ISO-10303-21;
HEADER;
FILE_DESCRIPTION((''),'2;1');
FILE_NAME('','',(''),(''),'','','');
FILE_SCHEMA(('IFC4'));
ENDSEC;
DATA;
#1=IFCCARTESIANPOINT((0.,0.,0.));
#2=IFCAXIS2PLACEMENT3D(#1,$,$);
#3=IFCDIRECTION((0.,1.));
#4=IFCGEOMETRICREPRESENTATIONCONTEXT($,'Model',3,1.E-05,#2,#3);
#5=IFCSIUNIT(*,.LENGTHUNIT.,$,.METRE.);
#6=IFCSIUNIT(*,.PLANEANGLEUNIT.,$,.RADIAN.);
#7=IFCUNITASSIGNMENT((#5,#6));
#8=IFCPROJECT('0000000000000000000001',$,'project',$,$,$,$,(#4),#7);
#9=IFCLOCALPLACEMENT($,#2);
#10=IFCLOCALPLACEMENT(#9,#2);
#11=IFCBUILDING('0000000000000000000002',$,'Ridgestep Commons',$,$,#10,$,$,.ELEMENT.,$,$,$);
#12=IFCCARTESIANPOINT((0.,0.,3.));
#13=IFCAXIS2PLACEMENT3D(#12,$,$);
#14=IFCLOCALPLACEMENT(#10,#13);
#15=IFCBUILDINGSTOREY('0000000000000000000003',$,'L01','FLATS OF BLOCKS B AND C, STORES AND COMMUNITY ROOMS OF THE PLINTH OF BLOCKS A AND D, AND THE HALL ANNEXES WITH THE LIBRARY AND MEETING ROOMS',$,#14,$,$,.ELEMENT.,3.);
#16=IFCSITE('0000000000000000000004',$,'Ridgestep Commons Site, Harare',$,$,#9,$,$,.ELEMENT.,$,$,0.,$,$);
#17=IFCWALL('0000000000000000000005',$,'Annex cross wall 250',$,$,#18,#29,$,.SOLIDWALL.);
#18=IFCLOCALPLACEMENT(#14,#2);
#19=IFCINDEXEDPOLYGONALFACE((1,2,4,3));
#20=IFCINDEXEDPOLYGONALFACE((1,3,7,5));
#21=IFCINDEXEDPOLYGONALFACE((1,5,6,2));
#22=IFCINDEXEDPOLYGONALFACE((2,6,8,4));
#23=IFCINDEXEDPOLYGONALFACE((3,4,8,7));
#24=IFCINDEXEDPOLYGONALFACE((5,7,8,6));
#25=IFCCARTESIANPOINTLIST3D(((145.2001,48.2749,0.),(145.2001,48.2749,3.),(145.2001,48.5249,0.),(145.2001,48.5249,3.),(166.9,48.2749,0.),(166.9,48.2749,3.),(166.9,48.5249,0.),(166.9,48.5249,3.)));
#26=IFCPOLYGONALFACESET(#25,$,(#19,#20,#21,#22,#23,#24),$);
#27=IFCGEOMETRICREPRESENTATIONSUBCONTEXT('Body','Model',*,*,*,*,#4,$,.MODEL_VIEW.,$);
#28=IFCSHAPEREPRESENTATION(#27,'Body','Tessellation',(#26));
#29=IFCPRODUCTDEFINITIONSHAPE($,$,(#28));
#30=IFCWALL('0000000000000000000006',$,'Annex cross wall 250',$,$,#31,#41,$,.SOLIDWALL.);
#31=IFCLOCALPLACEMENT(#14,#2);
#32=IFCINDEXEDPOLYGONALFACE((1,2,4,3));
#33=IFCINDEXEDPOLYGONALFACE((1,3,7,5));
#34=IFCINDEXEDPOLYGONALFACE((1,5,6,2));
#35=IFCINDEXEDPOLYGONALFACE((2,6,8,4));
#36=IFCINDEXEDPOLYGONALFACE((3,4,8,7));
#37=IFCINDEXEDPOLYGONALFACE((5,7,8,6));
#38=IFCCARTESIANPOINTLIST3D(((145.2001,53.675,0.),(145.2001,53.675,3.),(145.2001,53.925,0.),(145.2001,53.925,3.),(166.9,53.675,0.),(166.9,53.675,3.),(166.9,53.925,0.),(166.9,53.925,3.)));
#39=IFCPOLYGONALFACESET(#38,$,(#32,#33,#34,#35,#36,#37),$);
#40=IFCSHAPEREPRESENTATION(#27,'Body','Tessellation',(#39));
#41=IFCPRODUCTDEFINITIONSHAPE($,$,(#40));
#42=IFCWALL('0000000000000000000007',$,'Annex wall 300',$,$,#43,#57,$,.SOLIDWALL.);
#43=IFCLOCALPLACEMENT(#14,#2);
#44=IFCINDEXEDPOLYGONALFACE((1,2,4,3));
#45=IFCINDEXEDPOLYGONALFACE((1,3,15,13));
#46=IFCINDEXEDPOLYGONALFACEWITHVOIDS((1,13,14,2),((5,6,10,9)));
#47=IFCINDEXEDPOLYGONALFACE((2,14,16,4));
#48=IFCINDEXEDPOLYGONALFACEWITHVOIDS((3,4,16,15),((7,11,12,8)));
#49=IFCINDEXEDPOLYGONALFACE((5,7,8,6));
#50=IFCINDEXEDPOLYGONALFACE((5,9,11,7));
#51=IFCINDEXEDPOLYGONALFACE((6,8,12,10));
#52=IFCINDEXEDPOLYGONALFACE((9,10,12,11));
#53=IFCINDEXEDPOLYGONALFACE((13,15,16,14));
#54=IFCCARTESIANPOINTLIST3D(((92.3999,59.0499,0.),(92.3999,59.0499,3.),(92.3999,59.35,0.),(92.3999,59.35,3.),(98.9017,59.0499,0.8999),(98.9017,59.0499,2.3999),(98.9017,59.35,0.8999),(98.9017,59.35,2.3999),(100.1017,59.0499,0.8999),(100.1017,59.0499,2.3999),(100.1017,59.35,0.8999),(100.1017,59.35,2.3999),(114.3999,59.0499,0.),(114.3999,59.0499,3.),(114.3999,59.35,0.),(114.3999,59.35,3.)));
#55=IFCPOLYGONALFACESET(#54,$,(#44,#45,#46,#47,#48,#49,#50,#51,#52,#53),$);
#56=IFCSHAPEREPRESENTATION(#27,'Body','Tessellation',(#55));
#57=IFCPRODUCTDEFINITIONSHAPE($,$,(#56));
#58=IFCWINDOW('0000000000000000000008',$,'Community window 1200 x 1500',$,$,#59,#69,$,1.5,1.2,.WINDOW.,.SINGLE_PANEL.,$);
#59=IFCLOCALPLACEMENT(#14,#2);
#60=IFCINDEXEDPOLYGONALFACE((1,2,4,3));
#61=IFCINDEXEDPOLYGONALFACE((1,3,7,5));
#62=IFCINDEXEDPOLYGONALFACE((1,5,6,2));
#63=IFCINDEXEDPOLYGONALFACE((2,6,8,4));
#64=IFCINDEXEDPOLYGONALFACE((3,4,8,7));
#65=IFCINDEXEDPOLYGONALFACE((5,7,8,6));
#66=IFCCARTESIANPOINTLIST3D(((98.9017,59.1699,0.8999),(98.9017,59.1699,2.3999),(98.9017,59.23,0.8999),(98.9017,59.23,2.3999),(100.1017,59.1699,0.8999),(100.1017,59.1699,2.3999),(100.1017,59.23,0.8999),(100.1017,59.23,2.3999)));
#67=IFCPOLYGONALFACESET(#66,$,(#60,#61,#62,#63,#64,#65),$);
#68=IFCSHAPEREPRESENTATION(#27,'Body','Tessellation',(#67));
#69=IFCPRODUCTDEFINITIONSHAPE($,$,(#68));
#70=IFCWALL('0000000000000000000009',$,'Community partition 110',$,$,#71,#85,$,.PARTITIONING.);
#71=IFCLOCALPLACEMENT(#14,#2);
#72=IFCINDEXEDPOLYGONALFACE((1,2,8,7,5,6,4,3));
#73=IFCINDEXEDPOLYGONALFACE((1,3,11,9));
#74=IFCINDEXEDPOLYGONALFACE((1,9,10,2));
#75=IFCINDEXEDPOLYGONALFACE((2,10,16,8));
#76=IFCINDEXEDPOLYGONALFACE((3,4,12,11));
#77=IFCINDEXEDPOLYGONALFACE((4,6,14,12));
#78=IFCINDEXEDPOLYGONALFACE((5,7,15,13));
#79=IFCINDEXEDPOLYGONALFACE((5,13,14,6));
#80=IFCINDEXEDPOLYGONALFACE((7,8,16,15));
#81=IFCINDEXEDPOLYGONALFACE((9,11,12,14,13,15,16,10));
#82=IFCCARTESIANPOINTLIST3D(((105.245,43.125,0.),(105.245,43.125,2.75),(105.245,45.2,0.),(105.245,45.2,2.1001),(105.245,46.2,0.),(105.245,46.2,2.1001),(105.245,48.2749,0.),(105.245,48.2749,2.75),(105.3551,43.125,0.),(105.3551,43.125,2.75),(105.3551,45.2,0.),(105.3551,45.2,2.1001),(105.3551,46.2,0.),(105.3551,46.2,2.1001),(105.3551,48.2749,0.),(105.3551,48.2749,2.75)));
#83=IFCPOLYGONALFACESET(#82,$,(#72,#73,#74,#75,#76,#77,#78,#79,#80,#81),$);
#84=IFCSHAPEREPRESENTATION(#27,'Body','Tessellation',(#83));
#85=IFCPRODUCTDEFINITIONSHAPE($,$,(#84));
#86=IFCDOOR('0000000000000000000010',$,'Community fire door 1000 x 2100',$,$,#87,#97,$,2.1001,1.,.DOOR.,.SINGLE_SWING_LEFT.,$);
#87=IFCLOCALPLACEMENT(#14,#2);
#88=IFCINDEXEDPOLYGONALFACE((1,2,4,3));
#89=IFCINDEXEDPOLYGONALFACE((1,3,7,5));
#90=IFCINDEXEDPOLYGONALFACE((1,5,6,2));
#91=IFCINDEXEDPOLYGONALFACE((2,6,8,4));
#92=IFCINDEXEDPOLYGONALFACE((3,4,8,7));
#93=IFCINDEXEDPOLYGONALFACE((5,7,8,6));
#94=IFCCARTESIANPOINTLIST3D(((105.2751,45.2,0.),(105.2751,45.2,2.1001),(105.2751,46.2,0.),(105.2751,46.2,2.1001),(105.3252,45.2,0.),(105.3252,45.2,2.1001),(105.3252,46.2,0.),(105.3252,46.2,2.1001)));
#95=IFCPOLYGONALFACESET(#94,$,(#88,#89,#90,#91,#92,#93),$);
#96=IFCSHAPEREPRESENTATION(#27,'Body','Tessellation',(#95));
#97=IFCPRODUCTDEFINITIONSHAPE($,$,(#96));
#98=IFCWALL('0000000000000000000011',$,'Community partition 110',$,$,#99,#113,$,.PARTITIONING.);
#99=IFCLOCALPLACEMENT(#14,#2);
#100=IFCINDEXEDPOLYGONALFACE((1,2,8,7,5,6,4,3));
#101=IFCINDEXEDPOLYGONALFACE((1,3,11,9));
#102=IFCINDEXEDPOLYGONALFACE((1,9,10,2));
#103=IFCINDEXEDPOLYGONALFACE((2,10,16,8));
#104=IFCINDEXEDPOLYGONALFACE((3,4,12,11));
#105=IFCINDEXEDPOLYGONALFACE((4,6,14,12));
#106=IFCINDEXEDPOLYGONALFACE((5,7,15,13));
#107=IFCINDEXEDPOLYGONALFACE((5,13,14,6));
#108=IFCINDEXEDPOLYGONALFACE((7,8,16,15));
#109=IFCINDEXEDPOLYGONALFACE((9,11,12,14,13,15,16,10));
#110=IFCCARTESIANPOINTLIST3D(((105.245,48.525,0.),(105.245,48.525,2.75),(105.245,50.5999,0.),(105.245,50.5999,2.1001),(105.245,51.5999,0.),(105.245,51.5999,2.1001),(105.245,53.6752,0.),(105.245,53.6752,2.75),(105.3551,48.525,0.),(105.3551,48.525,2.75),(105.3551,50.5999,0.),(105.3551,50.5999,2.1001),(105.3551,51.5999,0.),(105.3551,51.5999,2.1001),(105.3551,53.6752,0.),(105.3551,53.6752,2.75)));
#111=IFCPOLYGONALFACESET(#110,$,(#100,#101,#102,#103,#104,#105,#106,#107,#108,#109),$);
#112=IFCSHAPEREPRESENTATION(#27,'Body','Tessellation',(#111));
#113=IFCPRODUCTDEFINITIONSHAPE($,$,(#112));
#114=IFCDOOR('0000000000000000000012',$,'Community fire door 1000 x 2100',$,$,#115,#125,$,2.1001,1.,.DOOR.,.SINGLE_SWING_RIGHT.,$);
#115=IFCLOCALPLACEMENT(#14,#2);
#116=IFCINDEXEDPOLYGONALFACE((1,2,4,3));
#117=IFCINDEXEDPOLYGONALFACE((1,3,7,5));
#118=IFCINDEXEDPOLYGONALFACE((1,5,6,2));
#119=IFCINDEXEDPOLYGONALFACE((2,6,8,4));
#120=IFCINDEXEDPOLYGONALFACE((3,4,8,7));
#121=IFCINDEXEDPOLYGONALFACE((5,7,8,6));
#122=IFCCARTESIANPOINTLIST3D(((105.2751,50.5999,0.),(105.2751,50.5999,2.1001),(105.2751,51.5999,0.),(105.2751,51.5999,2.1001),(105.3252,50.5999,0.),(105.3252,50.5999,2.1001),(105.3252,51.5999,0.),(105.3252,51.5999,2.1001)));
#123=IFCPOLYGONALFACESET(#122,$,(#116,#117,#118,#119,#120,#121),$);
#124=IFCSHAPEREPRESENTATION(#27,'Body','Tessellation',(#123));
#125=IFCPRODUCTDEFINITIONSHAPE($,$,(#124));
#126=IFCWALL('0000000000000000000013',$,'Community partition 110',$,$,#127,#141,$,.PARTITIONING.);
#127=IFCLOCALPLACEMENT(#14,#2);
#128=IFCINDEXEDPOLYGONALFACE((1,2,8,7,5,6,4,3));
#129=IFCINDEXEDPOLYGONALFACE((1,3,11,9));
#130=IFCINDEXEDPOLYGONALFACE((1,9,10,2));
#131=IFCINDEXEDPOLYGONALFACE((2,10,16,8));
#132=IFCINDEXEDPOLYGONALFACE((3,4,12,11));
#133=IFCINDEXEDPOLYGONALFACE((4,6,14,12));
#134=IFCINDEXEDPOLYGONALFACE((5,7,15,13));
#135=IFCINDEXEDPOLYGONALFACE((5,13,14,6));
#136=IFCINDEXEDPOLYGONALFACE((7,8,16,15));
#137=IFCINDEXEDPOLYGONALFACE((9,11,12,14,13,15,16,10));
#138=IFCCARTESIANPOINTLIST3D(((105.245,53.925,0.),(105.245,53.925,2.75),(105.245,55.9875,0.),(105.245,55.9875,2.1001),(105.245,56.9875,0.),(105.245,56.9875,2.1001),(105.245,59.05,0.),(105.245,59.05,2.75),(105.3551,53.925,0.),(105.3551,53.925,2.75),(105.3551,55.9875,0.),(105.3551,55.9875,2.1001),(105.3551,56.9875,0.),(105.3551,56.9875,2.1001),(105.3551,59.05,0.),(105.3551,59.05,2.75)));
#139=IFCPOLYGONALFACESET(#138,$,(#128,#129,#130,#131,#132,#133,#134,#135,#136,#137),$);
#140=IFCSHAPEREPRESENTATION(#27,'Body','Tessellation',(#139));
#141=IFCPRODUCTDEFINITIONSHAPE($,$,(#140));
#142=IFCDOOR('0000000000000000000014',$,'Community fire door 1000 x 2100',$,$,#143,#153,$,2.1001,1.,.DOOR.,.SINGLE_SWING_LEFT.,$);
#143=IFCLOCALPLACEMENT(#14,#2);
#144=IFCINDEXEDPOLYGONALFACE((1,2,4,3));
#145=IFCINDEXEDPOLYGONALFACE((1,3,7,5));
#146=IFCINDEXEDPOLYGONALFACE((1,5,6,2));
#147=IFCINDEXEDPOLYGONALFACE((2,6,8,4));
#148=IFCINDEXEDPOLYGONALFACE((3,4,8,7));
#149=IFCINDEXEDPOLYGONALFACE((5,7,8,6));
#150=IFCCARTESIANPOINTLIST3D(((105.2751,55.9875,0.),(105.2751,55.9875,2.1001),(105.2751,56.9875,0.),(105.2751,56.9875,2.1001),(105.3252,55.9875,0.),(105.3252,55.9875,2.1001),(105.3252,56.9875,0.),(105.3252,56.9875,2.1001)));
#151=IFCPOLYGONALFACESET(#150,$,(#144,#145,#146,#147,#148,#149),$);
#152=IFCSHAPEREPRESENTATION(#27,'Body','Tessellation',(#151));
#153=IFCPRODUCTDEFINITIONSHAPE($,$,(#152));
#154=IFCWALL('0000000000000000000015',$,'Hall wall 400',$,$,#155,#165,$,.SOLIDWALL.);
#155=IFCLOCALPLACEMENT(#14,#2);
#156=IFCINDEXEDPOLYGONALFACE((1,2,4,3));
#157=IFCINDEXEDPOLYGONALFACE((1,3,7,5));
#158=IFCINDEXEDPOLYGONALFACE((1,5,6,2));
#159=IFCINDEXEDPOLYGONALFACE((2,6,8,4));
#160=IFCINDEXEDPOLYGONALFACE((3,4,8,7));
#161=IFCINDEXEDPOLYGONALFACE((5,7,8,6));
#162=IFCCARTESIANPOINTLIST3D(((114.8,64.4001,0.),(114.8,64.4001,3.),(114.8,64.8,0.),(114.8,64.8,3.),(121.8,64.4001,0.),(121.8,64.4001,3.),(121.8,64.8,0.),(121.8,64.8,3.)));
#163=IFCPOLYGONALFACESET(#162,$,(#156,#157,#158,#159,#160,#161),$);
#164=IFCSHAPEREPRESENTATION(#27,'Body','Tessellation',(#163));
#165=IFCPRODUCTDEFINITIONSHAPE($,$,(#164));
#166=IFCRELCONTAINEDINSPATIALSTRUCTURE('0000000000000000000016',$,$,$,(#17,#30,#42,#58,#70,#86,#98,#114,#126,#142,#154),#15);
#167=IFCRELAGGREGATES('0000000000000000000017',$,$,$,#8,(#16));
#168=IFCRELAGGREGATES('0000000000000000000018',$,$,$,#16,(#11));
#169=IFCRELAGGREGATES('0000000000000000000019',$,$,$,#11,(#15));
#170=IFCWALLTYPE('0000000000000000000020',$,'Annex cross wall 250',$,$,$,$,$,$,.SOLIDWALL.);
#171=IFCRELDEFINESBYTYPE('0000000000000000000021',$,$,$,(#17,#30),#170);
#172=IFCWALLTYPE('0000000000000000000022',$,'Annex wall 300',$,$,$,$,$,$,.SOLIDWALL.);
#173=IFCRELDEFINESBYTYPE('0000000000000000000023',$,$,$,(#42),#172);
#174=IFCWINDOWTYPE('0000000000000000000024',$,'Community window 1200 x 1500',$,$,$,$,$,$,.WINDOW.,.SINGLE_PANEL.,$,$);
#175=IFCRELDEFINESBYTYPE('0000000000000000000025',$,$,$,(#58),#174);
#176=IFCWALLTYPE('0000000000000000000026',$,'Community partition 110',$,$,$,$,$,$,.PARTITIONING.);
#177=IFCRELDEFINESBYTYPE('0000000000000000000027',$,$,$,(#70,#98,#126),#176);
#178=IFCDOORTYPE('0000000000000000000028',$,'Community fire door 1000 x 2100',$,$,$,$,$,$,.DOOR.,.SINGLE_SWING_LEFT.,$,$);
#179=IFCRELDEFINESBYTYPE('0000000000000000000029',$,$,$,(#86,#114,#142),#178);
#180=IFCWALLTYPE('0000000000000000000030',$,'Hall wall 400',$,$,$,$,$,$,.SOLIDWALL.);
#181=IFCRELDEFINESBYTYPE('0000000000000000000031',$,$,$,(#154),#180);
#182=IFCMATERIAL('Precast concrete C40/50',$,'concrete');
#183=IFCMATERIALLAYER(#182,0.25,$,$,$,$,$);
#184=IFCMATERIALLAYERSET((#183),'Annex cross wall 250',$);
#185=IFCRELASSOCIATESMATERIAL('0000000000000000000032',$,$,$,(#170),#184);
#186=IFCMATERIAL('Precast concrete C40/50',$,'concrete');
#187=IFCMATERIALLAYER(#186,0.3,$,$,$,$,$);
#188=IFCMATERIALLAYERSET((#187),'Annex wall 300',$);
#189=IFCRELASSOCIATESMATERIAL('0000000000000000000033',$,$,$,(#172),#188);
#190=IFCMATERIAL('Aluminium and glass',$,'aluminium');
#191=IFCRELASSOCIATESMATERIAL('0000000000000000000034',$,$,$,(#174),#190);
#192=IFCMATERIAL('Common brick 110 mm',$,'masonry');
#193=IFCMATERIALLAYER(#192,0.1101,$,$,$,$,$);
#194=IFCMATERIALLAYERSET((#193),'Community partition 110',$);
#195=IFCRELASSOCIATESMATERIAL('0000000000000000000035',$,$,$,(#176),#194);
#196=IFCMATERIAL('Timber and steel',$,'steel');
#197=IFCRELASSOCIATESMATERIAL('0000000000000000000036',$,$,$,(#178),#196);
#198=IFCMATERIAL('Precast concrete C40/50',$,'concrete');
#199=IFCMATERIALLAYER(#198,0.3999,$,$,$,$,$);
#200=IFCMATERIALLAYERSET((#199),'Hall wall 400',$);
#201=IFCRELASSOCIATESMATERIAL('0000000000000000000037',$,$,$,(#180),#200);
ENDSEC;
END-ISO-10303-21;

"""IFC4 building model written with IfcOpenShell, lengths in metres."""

from ifc_helpers import new_model, si_unit, direction, frame, frame_2d, origin, place, context, subcontext, project, spatial, rectangle, extrude, material, layer, layer_set, type_object, element, fill, save


model = new_model("IFC4")

# Units and contexts
model_context = context("Model", 3, precision=1e-05, world=origin(), true_north=direction((0.0, 1.0)))
body_context = subcontext(model_context, "Body", "Model", "MODEL_VIEW")
ifc_project = project(units=[si_unit("LENGTHUNIT", "METRE"), si_unit("PLANEANGLEUNIT", "RADIAN")], contexts=[model_context])

# Site, building, storey
site_placement = place(None, origin())
site = spatial("IfcSite", under=ifc_project, at=site_placement, Name="Ridgestep Commons Site, Harare", CompositionType="ELEMENT", RefElevation=0.0)
building_placement = place(site_placement, origin())
building = spatial("IfcBuilding", under=site, at=building_placement, Name="Ridgestep Commons", CompositionType="ELEMENT")
storey_placement = place(building_placement, frame((0.0, 0.0, 3.0)))
storey = spatial("IfcBuildingStorey", under=building, at=storey_placement, Name="L01", Description="FLATS OF BLOCKS B AND C, STORES AND COMMUNITY ROOMS OF THE PLINTH OF BLOCKS A AND D, AND THE HALL ANNEXES WITH THE LIBRARY AND MEETING ROOMS", CompositionType="ELEMENT", Elevation=3.0)

# Walls
ifc_material_1 = material(Name="Precast concrete C40/50", Category="concrete")
ifc_layer_1 = layer(ifc_material_1, 0.25)
ifc_layer_set_1 = layer_set([ifc_layer_1], Name="Annex cross wall 250")
wall_type_1 = type_object("IfcWallType", Name="Annex cross wall 250", PredefinedType="SOLIDWALL", material=ifc_layer_set_1)
for number, where, z_axis, x_axis, name in (
    (1, (145.2, 48.3999, 0.0), (0.0, 0.0, 1.0), (1.0, 0.0, 0.0), "Annex cross wall 250"),
    (2, (145.2, 53.8, 0.0), (0.0, 0.0, 1.0), (1.0, 0.0, 0.0), "Annex cross wall 250"),
):
    element("IfcWall", number, at=place(storey_placement, frame(where, z_axis=z_axis, x_axis=x_axis)), inside=storey, type_object=wall_type_1, Name=name, PredefinedType="SOLIDWALL", context=body_context, shape_type="SweptSolid", body=[
        extrude(rectangle(XDim=21.7, YDim=0.25, at=frame_2d((10.8501, 0.0))), origin(), (0.0, 0.0, 1.0), 3.0),
    ])

# Wall, opening, window
ifc_material_2 = material(Name="Precast concrete C40/50", Category="concrete")
ifc_layer_2 = layer(ifc_material_2, 0.3)
ifc_layer_set_2 = layer_set([ifc_layer_2], Name="Annex wall 300")
wall_type_2 = type_object("IfcWallType", Name="Annex wall 300", PredefinedType="SOLIDWALL", material=ifc_layer_set_2)
wall_1_placement = place(storey_placement, frame((114.3999, 59.2, 0.0), z_axis=(0.0, 0.0, 1.0), x_axis=(-1.0, 0.0, 0.0)))
wall_1 = element("IfcWall", 3, at=wall_1_placement, inside=storey, type_object=wall_type_2, Name="Annex wall 300", PredefinedType="SOLIDWALL", context=body_context, shape_type="SweptSolid", body=[
    extrude(rectangle(XDim=22.0, YDim=0.3, at=frame_2d((11.0, 0.0))), origin(), (0.0, 0.0, 1.0), 3.0),
])
opening_1_placement = place(wall_1_placement, frame((14.2981, 0.0, 0.8999)))
opening_1 = element("IfcOpeningElement", 4, at=opening_1_placement, cuts=wall_1, PredefinedType="OPENING", context=body_context, shape_type="SweptSolid", body=[
    extrude(rectangle(XDim=1.2, YDim=1.5, at=frame_2d((0.6001, 0.75))), frame((0.0, 0.1599, 0.0), z_axis=(0.0, -1.0, 0.0), x_axis=(1.0, 0.0, 0.0)), (0.0, 0.0, 1.0), 0.3201),
])
ifc_material_3 = material(Name="Aluminium and glass", Category="aluminium")
window_type = type_object("IfcWindowType", Name="Community window 1200 x 1500", PartitioningType="SINGLE_PANEL", PredefinedType="WINDOW", material=ifc_material_3)
window_placement = place(opening_1_placement, origin())
window = element("IfcWindow", 5, at=window_placement, inside=storey, type_object=window_type, Name="Community window 1200 x 1500", OverallHeight=1.5, OverallWidth=1.2, PartitioningType="SINGLE_PANEL", PredefinedType="WINDOW", context=body_context, shape_type="SweptSolid", body=[
    extrude(rectangle(XDim=1.2, YDim=1.5, at=frame_2d((0.6001, 0.75))), frame((0.0, 0.03, 0.0), z_axis=(0.0, -1.0, 0.0), x_axis=(1.0, 0.0, 0.0)), (0.0, 0.0, 1.0), 0.0601),
])
fill(opening_1, window)

# Walls, openings, doors
ifc_material_4 = material(Name="Common brick 110 mm", Category="masonry")
ifc_layer_3 = layer(ifc_material_4, 0.1101)
ifc_layer_set_3 = layer_set([ifc_layer_3], Name="Community partition 110")
wall_type_3 = type_object("IfcWallType", Name="Community partition 110", PredefinedType="PARTITIONING", material=ifc_layer_set_3)
wall_2_placement = place(storey_placement, frame((105.3, 43.125, 0.0), z_axis=(0.0, 0.0, 1.0), x_axis=(0.0, 1.0, 0.0)))
wall_2 = element("IfcWall", 6, at=wall_2_placement, inside=storey, type_object=wall_type_3, Name="Community partition 110", PredefinedType="PARTITIONING", context=body_context, shape_type="SweptSolid", body=[
    extrude(rectangle(XDim=5.1499, YDim=0.1101, at=frame_2d((2.575, 0.0))), origin(), (0.0, 0.0, 1.0), 2.75),
])
opening_2_placement = place(wall_2_placement, frame((2.075, 0.0, 0.0)))
opening_2 = element("IfcOpeningElement", 7, at=opening_2_placement, cuts=wall_2, PredefinedType="OPENING", context=body_context, shape_type="SweptSolid", body=[
    extrude(rectangle(XDim=1.0, YDim=2.1001, at=frame_2d((0.5, 1.05))), frame((0.0, 0.0649, 0.0), z_axis=(0.0, -1.0, 0.0), x_axis=(1.0, 0.0, 0.0)), (0.0, 0.0, 1.0), 0.1301),
])
ifc_material_5 = material(Name="Timber and steel", Category="steel")
door_type = type_object("IfcDoorType", Name="Community fire door 1000 x 2100", OperationType="SINGLE_SWING_LEFT", PredefinedType="DOOR", material=ifc_material_5)
door_1_placement = place(opening_2_placement, origin())
door_1 = element("IfcDoor", 8, at=door_1_placement, inside=storey, type_object=door_type, Name="Community fire door 1000 x 2100", OperationType="SINGLE_SWING_LEFT", OverallHeight=2.1001, OverallWidth=1.0, PredefinedType="DOOR", context=body_context, shape_type="SweptSolid", body=[
    extrude(rectangle(XDim=1.0, YDim=2.1001, at=frame_2d((0.5, 1.05))), frame((0.0, 0.0249, 0.0), z_axis=(0.0, -1.0, 0.0), x_axis=(1.0, 0.0, 0.0)), (0.0, 0.0, 1.0), 0.05),
])
fill(opening_2, door_1)
wall_3_placement = place(storey_placement, frame((105.3, 48.5249, 0.0), z_axis=(0.0, 0.0, 1.0), x_axis=(0.0, 1.0, 0.0)))
wall_3 = element("IfcWall", 9, at=wall_3_placement, inside=storey, type_object=wall_type_3, Name="Community partition 110", PredefinedType="PARTITIONING", context=body_context, shape_type="SweptSolid", body=[
    extrude(rectangle(XDim=5.1501, YDim=0.1101, at=frame_2d((2.5752, 0.0))), origin(), (0.0, 0.0, 1.0), 2.75),
])
opening_3_placement = place(wall_3_placement, frame((2.075, 0.0, 0.0)))
opening_3 = element("IfcOpeningElement", 10, at=opening_3_placement, cuts=wall_3, PredefinedType="OPENING", context=body_context, shape_type="SweptSolid", body=[
    extrude(rectangle(XDim=1.0, YDim=2.1001, at=frame_2d((0.5, 1.05))), frame((0.0, 0.0649, 0.0), z_axis=(0.0, -1.0, 0.0), x_axis=(1.0, 0.0, 0.0)), (0.0, 0.0, 1.0), 0.1301),
])
door_2_placement = place(opening_3_placement, origin())
door_2 = element("IfcDoor", 11, at=door_2_placement, inside=storey, type_object=door_type, Name="Community fire door 1000 x 2100", OperationType="SINGLE_SWING_RIGHT", OverallHeight=2.1001, OverallWidth=1.0, PredefinedType="DOOR", context=body_context, shape_type="SweptSolid", body=[
    extrude(rectangle(XDim=1.0, YDim=2.1001, at=frame_2d((0.5, 1.05))), frame((0.0, 0.0249, 0.0), z_axis=(0.0, -1.0, 0.0), x_axis=(1.0, 0.0, 0.0)), (0.0, 0.0, 1.0), 0.05),
])
fill(opening_3, door_2)
wall_4_placement = place(storey_placement, frame((105.3, 53.925, 0.0), z_axis=(0.0, 0.0, 1.0), x_axis=(0.0, 1.0, 0.0)))
wall_4 = element("IfcWall", 12, at=wall_4_placement, inside=storey, type_object=wall_type_3, Name="Community partition 110", PredefinedType="PARTITIONING", context=body_context, shape_type="SweptSolid", body=[
    extrude(rectangle(XDim=5.125, YDim=0.1101, at=frame_2d((2.5625, 0.0))), origin(), (0.0, 0.0, 1.0), 2.75),
])
opening_4_placement = place(wall_4_placement, frame((2.0625, 0.0, 0.0)))
opening_4 = element("IfcOpeningElement", 13, at=opening_4_placement, cuts=wall_4, PredefinedType="OPENING", context=body_context, shape_type="SweptSolid", body=[
    extrude(rectangle(XDim=1.0, YDim=2.1001, at=frame_2d((0.5, 1.05))), frame((0.0, 0.0649, 0.0), z_axis=(0.0, -1.0, 0.0), x_axis=(1.0, 0.0, 0.0)), (0.0, 0.0, 1.0), 0.1301),
])
door_3_placement = place(opening_4_placement, origin())
door_3 = element("IfcDoor", 14, at=door_3_placement, inside=storey, type_object=door_type, Name="Community fire door 1000 x 2100", OperationType="SINGLE_SWING_LEFT", OverallHeight=2.1001, OverallWidth=1.0, PredefinedType="DOOR", context=body_context, shape_type="SweptSolid", body=[
    extrude(rectangle(XDim=1.0, YDim=2.1001, at=frame_2d((0.5, 1.05))), frame((0.0, 0.0249, 0.0), z_axis=(0.0, -1.0, 0.0), x_axis=(1.0, 0.0, 0.0)), (0.0, 0.0, 1.0), 0.05),
])
fill(opening_4, door_3)

# Wall
ifc_material_6 = material(Name="Precast concrete C40/50", Category="concrete")
ifc_layer_4 = layer(ifc_material_6, 0.3999)
ifc_layer_set_4 = layer_set([ifc_layer_4], Name="Hall wall 400")
wall_type_4 = type_object("IfcWallType", Name="Hall wall 400", PredefinedType="SOLIDWALL", material=ifc_layer_set_4)
wall_5_placement = place(storey_placement, frame((114.8, 64.6001, 0.0), z_axis=(0.0, 0.0, 1.0), x_axis=(1.0, 0.0, 0.0)))
element("IfcWall", 15, at=wall_5_placement, inside=storey, type_object=wall_type_4, Name="Hall wall 400", PredefinedType="SOLIDWALL", context=body_context, shape_type="SweptSolid", body=[
    extrude(rectangle(XDim=7.0, YDim=0.3999, at=frame_2d((3.5, 0.0))), origin(), (0.0, 0.0, 1.0), 3.0),
])

save(model, "model.ifc")
